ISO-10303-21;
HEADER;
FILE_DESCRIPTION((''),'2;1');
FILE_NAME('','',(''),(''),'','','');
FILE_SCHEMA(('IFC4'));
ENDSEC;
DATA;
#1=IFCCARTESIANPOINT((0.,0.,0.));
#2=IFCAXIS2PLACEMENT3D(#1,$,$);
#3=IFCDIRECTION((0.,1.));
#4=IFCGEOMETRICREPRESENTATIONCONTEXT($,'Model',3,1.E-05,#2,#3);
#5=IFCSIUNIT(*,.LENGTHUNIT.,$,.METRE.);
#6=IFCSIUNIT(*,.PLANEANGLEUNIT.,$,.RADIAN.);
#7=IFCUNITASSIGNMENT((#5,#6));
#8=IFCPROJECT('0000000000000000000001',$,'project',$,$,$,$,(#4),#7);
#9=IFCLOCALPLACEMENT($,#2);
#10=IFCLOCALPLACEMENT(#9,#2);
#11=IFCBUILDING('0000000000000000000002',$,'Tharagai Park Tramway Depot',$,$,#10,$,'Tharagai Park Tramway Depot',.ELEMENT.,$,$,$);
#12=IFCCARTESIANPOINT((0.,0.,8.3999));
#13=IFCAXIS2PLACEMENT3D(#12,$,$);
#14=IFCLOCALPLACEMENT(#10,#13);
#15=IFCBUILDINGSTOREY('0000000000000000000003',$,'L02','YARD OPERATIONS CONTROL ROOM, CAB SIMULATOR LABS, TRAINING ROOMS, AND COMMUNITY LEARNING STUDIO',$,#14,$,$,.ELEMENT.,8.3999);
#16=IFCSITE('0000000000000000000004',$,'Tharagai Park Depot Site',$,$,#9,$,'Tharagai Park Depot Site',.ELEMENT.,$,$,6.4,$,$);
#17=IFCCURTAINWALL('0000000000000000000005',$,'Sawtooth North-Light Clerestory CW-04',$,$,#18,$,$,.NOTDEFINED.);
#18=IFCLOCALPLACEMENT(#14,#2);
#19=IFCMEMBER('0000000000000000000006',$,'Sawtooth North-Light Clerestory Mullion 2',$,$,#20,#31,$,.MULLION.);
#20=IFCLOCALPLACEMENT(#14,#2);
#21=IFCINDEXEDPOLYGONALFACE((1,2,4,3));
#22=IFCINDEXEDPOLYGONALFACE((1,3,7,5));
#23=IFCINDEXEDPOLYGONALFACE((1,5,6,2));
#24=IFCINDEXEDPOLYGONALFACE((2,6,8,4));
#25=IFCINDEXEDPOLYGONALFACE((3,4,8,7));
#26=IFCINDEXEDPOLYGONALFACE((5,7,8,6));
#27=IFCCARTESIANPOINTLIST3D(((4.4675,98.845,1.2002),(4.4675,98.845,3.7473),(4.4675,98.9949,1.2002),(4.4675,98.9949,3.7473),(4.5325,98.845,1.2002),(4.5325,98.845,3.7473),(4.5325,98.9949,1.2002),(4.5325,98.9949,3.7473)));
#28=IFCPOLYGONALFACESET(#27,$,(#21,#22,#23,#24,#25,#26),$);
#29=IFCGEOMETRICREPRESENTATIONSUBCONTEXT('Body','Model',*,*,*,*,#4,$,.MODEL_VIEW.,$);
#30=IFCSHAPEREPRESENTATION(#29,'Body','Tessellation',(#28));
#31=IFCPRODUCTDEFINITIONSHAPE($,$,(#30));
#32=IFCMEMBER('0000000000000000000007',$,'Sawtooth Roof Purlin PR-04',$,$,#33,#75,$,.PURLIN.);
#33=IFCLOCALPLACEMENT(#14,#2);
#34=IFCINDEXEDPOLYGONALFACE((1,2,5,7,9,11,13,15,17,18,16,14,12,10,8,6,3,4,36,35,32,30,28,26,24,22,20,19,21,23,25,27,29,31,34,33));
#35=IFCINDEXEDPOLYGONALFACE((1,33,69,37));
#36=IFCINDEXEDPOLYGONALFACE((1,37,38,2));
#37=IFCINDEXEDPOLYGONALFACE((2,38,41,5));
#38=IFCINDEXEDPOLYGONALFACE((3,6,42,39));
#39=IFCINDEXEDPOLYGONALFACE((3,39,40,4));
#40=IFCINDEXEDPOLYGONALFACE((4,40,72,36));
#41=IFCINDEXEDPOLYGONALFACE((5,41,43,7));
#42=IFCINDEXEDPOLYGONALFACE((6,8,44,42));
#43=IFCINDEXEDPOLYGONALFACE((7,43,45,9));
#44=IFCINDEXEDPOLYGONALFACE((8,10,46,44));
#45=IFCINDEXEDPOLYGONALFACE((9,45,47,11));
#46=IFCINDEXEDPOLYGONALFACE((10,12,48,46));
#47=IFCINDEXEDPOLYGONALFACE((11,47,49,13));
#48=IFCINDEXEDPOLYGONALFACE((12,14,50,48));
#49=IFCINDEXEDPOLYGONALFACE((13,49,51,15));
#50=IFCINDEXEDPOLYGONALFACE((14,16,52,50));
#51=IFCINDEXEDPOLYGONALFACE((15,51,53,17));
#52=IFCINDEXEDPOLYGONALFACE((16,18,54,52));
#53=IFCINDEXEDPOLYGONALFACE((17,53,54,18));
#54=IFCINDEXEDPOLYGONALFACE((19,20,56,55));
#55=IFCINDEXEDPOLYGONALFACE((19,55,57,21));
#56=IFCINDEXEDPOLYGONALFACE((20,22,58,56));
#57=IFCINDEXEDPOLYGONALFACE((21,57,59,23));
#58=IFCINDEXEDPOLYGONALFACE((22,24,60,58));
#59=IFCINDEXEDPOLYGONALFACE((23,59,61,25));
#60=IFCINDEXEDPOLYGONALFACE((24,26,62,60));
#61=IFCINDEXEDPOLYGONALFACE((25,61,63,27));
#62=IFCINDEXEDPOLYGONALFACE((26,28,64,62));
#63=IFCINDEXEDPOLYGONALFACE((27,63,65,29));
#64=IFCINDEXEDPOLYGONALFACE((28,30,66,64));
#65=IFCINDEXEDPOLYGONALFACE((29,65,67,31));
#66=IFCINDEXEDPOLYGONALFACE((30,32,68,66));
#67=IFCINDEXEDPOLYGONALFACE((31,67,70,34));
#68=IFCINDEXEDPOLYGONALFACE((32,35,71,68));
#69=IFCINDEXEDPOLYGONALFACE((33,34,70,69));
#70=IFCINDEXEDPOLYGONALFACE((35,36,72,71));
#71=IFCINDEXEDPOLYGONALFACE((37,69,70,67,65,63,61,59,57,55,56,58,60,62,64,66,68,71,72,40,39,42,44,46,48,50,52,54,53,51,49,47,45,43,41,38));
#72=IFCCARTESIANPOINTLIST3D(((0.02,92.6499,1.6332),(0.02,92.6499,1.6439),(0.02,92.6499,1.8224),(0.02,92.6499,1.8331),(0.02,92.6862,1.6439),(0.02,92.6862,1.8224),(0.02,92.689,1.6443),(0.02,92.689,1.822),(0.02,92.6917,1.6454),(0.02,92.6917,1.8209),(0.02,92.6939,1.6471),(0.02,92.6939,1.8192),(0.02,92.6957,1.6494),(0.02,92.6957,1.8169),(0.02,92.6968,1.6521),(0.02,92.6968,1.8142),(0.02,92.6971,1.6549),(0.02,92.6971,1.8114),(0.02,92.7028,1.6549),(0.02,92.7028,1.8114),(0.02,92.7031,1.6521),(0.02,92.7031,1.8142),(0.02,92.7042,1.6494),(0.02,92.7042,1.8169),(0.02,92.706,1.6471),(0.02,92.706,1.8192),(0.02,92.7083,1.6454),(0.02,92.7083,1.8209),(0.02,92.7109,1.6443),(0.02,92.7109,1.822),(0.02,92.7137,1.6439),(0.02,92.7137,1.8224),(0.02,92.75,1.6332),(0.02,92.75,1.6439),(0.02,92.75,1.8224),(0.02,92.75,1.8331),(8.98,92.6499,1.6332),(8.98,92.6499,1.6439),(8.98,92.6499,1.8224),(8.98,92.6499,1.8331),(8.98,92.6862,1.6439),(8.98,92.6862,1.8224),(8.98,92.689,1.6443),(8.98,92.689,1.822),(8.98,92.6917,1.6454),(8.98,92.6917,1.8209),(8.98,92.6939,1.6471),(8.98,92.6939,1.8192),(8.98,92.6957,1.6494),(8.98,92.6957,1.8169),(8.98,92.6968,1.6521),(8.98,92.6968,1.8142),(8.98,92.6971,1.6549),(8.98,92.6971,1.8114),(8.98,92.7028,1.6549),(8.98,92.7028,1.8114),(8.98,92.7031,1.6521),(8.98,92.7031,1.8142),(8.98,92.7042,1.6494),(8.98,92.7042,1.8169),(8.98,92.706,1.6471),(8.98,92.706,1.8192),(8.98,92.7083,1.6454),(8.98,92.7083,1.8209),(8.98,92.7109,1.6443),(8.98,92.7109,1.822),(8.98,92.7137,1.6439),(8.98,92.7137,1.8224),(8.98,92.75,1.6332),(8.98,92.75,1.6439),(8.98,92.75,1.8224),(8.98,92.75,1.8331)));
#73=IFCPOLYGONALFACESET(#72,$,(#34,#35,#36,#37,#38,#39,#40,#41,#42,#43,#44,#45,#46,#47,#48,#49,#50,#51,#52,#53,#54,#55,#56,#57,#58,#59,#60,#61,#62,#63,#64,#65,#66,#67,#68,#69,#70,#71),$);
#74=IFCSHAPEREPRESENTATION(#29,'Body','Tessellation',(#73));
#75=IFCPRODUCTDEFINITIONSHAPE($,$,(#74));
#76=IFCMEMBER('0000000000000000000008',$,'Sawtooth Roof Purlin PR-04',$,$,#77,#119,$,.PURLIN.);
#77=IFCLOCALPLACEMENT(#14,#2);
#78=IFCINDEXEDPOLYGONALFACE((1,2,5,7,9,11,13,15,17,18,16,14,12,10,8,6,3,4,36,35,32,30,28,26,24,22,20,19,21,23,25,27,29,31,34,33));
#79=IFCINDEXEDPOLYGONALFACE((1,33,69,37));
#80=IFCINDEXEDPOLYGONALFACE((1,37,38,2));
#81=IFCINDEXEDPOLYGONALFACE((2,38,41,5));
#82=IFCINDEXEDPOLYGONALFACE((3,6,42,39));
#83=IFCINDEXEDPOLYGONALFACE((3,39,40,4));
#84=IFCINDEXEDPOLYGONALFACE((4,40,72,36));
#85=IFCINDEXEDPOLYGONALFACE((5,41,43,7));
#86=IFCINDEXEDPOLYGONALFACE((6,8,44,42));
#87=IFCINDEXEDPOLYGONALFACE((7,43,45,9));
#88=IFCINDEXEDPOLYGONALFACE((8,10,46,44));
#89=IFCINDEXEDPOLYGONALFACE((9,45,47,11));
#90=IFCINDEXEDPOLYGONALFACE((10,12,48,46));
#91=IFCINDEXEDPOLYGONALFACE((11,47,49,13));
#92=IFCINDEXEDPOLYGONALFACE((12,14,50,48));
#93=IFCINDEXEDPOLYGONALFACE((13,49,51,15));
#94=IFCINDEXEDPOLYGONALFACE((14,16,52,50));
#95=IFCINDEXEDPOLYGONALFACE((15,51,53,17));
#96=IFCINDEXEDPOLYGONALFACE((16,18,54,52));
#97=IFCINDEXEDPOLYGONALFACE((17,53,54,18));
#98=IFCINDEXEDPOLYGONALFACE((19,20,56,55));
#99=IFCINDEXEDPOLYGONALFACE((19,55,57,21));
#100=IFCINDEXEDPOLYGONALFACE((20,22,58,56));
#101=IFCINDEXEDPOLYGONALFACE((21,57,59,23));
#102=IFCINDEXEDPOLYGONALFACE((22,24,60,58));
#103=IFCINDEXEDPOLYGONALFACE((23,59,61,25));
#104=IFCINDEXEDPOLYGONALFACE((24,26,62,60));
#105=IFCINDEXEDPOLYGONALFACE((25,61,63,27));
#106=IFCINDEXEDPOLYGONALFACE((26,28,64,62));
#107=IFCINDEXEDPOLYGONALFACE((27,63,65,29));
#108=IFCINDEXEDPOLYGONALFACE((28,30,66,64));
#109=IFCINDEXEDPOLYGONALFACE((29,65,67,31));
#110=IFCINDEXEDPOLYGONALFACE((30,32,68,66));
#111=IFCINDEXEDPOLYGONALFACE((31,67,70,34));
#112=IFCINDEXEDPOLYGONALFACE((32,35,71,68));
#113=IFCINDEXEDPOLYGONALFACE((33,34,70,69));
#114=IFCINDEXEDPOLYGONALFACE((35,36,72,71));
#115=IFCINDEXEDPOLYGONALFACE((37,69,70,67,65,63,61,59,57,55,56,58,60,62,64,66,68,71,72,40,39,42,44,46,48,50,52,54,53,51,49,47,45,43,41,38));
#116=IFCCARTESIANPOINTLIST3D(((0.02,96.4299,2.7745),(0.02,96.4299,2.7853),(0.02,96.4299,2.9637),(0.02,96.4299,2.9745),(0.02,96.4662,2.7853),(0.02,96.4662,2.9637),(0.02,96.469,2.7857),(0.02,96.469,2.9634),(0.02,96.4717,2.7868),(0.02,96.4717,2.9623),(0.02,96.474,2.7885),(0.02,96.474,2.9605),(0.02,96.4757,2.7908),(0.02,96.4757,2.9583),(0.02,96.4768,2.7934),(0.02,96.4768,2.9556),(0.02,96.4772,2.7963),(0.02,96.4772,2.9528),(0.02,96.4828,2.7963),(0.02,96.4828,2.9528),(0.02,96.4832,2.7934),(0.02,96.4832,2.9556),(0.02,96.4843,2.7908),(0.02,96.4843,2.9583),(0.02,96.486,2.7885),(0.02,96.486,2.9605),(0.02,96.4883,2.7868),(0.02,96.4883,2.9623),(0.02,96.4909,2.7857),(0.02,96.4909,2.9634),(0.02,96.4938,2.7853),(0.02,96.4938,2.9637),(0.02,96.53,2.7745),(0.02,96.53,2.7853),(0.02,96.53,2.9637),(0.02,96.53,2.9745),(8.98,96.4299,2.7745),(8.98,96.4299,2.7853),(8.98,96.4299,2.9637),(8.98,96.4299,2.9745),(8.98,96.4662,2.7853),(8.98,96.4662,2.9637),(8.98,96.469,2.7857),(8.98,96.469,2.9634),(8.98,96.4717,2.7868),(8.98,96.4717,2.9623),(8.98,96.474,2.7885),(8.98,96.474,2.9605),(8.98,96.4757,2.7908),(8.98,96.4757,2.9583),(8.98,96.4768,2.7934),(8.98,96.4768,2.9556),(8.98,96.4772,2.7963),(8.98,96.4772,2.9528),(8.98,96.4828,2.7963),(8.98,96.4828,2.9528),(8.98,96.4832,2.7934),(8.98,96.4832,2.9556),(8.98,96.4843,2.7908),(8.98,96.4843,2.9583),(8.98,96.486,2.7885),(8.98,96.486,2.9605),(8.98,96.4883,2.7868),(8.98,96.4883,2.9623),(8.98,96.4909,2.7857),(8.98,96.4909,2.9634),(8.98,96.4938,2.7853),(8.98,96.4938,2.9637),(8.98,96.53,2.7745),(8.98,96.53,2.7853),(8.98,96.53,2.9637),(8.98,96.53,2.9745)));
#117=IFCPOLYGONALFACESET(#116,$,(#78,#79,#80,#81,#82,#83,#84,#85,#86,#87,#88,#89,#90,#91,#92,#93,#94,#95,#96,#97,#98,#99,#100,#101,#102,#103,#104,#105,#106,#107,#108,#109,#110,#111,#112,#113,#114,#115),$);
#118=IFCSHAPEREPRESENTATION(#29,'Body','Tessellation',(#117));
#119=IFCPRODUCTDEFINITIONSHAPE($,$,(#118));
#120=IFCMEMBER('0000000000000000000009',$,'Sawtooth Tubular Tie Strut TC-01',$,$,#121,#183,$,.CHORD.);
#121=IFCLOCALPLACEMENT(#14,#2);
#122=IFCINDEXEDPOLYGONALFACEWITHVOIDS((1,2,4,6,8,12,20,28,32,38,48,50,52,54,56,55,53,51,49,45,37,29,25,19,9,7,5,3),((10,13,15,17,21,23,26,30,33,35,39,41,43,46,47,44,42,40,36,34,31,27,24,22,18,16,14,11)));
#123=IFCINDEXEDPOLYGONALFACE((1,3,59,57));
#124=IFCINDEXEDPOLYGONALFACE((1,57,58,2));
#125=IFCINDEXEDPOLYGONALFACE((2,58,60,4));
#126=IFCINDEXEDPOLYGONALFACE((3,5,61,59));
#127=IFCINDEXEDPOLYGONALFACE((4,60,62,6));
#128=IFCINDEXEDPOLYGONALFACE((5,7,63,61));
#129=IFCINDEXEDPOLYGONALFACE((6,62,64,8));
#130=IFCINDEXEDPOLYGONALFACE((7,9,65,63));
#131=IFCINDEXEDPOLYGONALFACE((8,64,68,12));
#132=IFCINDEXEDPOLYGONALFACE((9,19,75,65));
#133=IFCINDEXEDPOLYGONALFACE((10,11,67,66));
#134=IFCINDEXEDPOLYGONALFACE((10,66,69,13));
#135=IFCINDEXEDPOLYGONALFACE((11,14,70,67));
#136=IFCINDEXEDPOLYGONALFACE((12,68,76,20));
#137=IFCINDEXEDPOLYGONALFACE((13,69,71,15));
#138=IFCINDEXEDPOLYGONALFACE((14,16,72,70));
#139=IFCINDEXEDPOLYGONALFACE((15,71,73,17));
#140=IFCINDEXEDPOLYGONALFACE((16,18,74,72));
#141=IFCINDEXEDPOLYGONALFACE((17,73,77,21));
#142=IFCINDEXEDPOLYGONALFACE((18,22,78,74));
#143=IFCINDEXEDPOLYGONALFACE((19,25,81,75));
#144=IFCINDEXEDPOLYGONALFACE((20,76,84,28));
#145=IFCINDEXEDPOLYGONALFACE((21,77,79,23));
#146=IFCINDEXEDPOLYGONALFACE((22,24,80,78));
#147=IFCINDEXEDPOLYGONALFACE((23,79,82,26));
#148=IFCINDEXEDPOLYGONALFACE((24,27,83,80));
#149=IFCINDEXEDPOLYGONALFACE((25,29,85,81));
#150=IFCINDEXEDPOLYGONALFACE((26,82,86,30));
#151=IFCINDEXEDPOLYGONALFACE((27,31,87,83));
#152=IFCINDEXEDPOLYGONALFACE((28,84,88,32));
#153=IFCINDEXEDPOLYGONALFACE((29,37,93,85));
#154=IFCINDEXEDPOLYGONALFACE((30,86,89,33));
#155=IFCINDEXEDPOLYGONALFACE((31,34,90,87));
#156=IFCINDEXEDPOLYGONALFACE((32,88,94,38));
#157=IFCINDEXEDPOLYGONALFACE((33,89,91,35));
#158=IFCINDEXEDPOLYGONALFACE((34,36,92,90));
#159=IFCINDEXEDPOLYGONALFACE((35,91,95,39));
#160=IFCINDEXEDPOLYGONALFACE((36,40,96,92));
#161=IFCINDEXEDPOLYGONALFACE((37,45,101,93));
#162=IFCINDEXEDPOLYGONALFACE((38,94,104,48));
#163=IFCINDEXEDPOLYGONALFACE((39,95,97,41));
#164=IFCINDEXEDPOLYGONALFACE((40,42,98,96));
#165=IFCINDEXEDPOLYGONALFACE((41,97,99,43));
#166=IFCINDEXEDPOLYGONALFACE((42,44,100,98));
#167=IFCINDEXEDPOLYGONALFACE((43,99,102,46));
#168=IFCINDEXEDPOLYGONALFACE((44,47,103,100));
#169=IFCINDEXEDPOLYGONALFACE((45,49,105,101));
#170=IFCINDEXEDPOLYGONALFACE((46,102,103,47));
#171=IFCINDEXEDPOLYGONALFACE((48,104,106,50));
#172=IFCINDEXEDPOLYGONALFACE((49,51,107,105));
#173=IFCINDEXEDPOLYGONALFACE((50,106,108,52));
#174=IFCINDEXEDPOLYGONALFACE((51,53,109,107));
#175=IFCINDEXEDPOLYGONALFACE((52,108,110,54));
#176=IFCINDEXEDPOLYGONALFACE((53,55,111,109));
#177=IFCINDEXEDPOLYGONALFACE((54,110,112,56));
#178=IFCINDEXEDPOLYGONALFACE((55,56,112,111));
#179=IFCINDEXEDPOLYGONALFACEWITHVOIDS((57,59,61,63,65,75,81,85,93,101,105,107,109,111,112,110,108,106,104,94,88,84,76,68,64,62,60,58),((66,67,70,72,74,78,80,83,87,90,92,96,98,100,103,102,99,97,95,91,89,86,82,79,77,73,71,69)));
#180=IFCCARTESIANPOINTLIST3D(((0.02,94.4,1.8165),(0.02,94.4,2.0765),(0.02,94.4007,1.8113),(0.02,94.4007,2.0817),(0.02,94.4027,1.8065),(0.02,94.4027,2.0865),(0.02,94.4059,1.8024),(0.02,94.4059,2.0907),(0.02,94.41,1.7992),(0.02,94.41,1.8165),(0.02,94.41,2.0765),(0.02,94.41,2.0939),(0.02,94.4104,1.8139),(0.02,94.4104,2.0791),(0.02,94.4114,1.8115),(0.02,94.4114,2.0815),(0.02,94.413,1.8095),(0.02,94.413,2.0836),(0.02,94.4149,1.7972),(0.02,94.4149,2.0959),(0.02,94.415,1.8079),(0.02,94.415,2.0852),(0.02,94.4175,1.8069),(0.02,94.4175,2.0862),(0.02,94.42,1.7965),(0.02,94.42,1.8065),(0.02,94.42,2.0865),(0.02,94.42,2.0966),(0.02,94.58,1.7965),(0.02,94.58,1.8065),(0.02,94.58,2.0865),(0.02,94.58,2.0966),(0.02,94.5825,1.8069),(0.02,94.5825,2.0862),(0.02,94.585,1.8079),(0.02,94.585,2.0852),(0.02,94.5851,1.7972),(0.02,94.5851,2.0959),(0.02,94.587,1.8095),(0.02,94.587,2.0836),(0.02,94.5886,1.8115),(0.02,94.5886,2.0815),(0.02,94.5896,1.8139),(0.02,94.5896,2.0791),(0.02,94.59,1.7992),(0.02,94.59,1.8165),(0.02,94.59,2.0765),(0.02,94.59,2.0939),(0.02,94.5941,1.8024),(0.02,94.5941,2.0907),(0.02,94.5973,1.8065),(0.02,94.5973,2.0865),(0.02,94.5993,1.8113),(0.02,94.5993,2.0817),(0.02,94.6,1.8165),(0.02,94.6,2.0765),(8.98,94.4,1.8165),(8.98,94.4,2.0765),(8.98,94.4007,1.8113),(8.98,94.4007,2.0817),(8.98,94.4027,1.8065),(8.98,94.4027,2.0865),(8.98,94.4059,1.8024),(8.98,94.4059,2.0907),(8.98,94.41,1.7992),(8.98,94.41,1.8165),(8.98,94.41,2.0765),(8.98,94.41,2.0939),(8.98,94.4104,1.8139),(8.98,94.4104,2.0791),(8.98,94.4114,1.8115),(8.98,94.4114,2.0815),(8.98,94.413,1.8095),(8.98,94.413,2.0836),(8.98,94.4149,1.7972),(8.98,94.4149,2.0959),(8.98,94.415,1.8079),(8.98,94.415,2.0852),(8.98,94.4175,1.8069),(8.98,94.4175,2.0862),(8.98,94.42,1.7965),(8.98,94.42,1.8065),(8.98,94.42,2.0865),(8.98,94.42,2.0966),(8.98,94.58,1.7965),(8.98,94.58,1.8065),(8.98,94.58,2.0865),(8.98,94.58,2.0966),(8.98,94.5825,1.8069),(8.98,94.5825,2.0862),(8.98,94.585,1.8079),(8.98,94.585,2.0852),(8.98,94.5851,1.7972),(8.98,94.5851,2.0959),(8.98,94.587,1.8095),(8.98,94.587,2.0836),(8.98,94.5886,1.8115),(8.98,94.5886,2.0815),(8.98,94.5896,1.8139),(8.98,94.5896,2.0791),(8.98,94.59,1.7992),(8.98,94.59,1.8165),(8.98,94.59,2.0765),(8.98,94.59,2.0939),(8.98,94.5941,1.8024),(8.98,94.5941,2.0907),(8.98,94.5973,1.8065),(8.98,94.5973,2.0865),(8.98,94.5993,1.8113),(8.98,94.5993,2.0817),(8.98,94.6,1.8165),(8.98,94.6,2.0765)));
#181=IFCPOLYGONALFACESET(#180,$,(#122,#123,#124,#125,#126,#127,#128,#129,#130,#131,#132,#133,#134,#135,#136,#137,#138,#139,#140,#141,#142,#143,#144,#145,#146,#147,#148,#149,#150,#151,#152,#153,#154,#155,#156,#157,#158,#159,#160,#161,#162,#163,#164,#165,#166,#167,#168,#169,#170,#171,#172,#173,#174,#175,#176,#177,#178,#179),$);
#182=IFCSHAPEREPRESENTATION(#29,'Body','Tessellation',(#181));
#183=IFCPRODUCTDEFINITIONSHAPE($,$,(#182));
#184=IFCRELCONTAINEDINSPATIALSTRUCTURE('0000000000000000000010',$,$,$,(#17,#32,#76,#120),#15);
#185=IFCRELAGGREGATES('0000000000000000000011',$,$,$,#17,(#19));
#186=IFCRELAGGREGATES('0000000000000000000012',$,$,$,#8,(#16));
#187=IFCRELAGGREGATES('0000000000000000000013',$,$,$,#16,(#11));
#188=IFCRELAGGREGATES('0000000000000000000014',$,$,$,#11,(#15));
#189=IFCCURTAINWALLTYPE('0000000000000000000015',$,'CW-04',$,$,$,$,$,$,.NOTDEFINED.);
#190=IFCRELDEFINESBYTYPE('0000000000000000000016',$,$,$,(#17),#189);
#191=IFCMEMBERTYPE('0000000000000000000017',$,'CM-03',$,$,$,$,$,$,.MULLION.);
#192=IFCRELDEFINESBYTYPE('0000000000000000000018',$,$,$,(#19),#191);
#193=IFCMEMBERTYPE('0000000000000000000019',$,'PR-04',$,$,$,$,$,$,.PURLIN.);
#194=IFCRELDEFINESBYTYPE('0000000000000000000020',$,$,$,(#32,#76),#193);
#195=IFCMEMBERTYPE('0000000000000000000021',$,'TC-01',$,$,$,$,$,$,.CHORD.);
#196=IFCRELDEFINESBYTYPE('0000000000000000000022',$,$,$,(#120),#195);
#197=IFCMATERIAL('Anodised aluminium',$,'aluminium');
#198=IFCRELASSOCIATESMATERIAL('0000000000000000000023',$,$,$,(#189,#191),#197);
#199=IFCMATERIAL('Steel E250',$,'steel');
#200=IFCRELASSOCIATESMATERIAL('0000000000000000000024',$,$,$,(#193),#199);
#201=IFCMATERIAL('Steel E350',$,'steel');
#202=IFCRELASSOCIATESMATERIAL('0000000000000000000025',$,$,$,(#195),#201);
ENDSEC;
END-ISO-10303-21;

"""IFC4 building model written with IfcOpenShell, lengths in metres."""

from ifc_helpers import new_model, si_unit, direction, frame, origin, origin_2d, place, context, subcontext, project, spatial, rectangle, hollow_rectangle, i_section, extrude, material, material_profile, profile_set, type_object, element, aggregate, save


model = new_model("IFC4")

# Units and contexts
model_context = context("Model", 3, precision=1e-05, world=origin(), true_north=direction((0.0, 1.0)))
body_context = subcontext(model_context, "Body", "Model", "MODEL_VIEW")
ifc_project = project(units=[si_unit("LENGTHUNIT", "METRE"), si_unit("PLANEANGLEUNIT", "RADIAN")], contexts=[model_context])

# Site, building, storey
site_placement = place(None, origin())
site = spatial("IfcSite", under=ifc_project, at=site_placement, Name="Tharagai Park Depot Site", LongName="Tharagai Park Depot Site", CompositionType="ELEMENT", RefElevation=6.4)
building_placement = place(site_placement, origin())
building = spatial("IfcBuilding", under=site, at=building_placement, Name="Tharagai Park Tramway Depot", LongName="Tharagai Park Tramway Depot", CompositionType="ELEMENT")
storey_placement = place(building_placement, frame((0.0, 0.0, 8.3999)))
storey = spatial("IfcBuildingStorey", under=building, at=storey_placement, Name="L02", Description="YARD OPERATIONS CONTROL ROOM, CAB SIMULATOR LABS, TRAINING ROOMS, AND COMMUNITY LEARNING STUDIO", CompositionType="ELEMENT", Elevation=8.3999)

# Shared definitions
ifc_material_1 = material(Name="Steel E350", Category="steel")

# Curtain wall, member
ifc_material_2 = material(Name="Anodised aluminium", Category="aluminium")
curtain_wall_type = type_object("IfcCurtainWallType", Name="CW-04", PredefinedType="NOTDEFINED", material=ifc_material_2)
curtain_wall_placement = place(storey_placement, origin())
curtain_wall = element("IfcCurtainWall", 1, at=curtain_wall_placement, inside=storey, type_object=curtain_wall_type, Name="Sawtooth North-Light Clerestory CW-04", PredefinedType="NOTDEFINED")
ifc_material_profile_1 = material_profile(ifc_material_2, rectangle(XDim=0.0649, YDim=0.1499, at=origin_2d()), Name="ALU 65x150")
ifc_profile_set_1 = profile_set([ifc_material_profile_1], Name="Anodised aluminium")
member_type_1 = type_object("IfcMemberType", Name="CM-03", PredefinedType="MULLION", material=ifc_profile_set_1)
member_1_placement = place(storey_placement, frame((4.5, 98.9199, 1.2002), z_axis=(0.0, 0.0, 1.0), x_axis=(1.0, 0.0, 0.0)))
member_1 = element("IfcMember", 2, at=member_1_placement, type_object=member_type_1, Name="Sawtooth North-Light Clerestory Mullion 2", PredefinedType="MULLION", context=body_context, shape_type="SweptSolid", body=[
    extrude(rectangle(XDim=0.0649, YDim=0.1499, at=origin_2d()), origin(), (0.0, 0.0, 1.0), 2.5471),
])

# Members
ifc_material_3 = material(Name="Steel E250", Category="steel")
ifc_material_profile_2 = material_profile(ifc_material_3, i_section(OverallWidth=0.1001, OverallDepth=0.2, WebThickness=0.0056, FlangeThickness=0.0107, FilletRadius=0.011, at=origin_2d()), Name="ISMB 200")
ifc_profile_set_2 = profile_set([ifc_material_profile_2], Name="Steel E250")
member_type_2 = type_object("IfcMemberType", Name="PR-04", PredefinedType="PURLIN", material=ifc_profile_set_2)
for number, where, z_axis, x_axis, name in (
    (3, (0.02, 92.7, 1.7332), (1.0, 0.0, 0.0), (0.0, 1.0, 0.0), "Sawtooth Roof Purlin PR-04"),
    (4, (0.02, 96.48, 2.8745), (1.0, 0.0, 0.0), (0.0, 1.0, 0.0), "Sawtooth Roof Purlin PR-04"),
):
    element("IfcMember", number, at=place(storey_placement, frame(where, z_axis=z_axis, x_axis=x_axis)), inside=storey, type_object=member_type_2, Name=name, PredefinedType="PURLIN", context=body_context, shape_type="SweptSolid", body=[
        extrude(i_section(OverallWidth=0.1001, OverallDepth=0.2, WebThickness=0.0056, FlangeThickness=0.0107, FilletRadius=0.011, at=origin_2d()), origin(), (0.0, 0.0, 1.0), 8.96),
    ])
ifc_material_profile_3 = material_profile(ifc_material_1, hollow_rectangle(XDim=0.2, YDim=0.3, WallThickness=0.01, InnerFilletRadius=0.01, OuterFilletRadius=0.02, at=origin_2d()), Name="RHS 300x200x10")
ifc_profile_set_3 = profile_set([ifc_material_profile_3], Name="Steel E350")
member_type_3 = type_object("IfcMemberType", Name="TC-01", PredefinedType="CHORD", material=ifc_profile_set_3)
member_2_placement = place(storey_placement, frame((0.02, 94.5, 1.9465), z_axis=(1.0, 0.0, 0.0), x_axis=(0.0, 1.0, 0.0)))
element("IfcMember", 5, at=member_2_placement, inside=storey, type_object=member_type_3, Name="Sawtooth Tubular Tie Strut TC-01", PredefinedType="CHORD", context=body_context, shape_type="SweptSolid", body=[
    extrude(hollow_rectangle(XDim=0.2, YDim=0.3, WallThickness=0.01, InnerFilletRadius=0.01, OuterFilletRadius=0.02, at=origin_2d()), origin(), (0.0, 0.0, 1.0), 8.96),
])

aggregate(curtain_wall, [member_1])

save(model, "model.ifc")
